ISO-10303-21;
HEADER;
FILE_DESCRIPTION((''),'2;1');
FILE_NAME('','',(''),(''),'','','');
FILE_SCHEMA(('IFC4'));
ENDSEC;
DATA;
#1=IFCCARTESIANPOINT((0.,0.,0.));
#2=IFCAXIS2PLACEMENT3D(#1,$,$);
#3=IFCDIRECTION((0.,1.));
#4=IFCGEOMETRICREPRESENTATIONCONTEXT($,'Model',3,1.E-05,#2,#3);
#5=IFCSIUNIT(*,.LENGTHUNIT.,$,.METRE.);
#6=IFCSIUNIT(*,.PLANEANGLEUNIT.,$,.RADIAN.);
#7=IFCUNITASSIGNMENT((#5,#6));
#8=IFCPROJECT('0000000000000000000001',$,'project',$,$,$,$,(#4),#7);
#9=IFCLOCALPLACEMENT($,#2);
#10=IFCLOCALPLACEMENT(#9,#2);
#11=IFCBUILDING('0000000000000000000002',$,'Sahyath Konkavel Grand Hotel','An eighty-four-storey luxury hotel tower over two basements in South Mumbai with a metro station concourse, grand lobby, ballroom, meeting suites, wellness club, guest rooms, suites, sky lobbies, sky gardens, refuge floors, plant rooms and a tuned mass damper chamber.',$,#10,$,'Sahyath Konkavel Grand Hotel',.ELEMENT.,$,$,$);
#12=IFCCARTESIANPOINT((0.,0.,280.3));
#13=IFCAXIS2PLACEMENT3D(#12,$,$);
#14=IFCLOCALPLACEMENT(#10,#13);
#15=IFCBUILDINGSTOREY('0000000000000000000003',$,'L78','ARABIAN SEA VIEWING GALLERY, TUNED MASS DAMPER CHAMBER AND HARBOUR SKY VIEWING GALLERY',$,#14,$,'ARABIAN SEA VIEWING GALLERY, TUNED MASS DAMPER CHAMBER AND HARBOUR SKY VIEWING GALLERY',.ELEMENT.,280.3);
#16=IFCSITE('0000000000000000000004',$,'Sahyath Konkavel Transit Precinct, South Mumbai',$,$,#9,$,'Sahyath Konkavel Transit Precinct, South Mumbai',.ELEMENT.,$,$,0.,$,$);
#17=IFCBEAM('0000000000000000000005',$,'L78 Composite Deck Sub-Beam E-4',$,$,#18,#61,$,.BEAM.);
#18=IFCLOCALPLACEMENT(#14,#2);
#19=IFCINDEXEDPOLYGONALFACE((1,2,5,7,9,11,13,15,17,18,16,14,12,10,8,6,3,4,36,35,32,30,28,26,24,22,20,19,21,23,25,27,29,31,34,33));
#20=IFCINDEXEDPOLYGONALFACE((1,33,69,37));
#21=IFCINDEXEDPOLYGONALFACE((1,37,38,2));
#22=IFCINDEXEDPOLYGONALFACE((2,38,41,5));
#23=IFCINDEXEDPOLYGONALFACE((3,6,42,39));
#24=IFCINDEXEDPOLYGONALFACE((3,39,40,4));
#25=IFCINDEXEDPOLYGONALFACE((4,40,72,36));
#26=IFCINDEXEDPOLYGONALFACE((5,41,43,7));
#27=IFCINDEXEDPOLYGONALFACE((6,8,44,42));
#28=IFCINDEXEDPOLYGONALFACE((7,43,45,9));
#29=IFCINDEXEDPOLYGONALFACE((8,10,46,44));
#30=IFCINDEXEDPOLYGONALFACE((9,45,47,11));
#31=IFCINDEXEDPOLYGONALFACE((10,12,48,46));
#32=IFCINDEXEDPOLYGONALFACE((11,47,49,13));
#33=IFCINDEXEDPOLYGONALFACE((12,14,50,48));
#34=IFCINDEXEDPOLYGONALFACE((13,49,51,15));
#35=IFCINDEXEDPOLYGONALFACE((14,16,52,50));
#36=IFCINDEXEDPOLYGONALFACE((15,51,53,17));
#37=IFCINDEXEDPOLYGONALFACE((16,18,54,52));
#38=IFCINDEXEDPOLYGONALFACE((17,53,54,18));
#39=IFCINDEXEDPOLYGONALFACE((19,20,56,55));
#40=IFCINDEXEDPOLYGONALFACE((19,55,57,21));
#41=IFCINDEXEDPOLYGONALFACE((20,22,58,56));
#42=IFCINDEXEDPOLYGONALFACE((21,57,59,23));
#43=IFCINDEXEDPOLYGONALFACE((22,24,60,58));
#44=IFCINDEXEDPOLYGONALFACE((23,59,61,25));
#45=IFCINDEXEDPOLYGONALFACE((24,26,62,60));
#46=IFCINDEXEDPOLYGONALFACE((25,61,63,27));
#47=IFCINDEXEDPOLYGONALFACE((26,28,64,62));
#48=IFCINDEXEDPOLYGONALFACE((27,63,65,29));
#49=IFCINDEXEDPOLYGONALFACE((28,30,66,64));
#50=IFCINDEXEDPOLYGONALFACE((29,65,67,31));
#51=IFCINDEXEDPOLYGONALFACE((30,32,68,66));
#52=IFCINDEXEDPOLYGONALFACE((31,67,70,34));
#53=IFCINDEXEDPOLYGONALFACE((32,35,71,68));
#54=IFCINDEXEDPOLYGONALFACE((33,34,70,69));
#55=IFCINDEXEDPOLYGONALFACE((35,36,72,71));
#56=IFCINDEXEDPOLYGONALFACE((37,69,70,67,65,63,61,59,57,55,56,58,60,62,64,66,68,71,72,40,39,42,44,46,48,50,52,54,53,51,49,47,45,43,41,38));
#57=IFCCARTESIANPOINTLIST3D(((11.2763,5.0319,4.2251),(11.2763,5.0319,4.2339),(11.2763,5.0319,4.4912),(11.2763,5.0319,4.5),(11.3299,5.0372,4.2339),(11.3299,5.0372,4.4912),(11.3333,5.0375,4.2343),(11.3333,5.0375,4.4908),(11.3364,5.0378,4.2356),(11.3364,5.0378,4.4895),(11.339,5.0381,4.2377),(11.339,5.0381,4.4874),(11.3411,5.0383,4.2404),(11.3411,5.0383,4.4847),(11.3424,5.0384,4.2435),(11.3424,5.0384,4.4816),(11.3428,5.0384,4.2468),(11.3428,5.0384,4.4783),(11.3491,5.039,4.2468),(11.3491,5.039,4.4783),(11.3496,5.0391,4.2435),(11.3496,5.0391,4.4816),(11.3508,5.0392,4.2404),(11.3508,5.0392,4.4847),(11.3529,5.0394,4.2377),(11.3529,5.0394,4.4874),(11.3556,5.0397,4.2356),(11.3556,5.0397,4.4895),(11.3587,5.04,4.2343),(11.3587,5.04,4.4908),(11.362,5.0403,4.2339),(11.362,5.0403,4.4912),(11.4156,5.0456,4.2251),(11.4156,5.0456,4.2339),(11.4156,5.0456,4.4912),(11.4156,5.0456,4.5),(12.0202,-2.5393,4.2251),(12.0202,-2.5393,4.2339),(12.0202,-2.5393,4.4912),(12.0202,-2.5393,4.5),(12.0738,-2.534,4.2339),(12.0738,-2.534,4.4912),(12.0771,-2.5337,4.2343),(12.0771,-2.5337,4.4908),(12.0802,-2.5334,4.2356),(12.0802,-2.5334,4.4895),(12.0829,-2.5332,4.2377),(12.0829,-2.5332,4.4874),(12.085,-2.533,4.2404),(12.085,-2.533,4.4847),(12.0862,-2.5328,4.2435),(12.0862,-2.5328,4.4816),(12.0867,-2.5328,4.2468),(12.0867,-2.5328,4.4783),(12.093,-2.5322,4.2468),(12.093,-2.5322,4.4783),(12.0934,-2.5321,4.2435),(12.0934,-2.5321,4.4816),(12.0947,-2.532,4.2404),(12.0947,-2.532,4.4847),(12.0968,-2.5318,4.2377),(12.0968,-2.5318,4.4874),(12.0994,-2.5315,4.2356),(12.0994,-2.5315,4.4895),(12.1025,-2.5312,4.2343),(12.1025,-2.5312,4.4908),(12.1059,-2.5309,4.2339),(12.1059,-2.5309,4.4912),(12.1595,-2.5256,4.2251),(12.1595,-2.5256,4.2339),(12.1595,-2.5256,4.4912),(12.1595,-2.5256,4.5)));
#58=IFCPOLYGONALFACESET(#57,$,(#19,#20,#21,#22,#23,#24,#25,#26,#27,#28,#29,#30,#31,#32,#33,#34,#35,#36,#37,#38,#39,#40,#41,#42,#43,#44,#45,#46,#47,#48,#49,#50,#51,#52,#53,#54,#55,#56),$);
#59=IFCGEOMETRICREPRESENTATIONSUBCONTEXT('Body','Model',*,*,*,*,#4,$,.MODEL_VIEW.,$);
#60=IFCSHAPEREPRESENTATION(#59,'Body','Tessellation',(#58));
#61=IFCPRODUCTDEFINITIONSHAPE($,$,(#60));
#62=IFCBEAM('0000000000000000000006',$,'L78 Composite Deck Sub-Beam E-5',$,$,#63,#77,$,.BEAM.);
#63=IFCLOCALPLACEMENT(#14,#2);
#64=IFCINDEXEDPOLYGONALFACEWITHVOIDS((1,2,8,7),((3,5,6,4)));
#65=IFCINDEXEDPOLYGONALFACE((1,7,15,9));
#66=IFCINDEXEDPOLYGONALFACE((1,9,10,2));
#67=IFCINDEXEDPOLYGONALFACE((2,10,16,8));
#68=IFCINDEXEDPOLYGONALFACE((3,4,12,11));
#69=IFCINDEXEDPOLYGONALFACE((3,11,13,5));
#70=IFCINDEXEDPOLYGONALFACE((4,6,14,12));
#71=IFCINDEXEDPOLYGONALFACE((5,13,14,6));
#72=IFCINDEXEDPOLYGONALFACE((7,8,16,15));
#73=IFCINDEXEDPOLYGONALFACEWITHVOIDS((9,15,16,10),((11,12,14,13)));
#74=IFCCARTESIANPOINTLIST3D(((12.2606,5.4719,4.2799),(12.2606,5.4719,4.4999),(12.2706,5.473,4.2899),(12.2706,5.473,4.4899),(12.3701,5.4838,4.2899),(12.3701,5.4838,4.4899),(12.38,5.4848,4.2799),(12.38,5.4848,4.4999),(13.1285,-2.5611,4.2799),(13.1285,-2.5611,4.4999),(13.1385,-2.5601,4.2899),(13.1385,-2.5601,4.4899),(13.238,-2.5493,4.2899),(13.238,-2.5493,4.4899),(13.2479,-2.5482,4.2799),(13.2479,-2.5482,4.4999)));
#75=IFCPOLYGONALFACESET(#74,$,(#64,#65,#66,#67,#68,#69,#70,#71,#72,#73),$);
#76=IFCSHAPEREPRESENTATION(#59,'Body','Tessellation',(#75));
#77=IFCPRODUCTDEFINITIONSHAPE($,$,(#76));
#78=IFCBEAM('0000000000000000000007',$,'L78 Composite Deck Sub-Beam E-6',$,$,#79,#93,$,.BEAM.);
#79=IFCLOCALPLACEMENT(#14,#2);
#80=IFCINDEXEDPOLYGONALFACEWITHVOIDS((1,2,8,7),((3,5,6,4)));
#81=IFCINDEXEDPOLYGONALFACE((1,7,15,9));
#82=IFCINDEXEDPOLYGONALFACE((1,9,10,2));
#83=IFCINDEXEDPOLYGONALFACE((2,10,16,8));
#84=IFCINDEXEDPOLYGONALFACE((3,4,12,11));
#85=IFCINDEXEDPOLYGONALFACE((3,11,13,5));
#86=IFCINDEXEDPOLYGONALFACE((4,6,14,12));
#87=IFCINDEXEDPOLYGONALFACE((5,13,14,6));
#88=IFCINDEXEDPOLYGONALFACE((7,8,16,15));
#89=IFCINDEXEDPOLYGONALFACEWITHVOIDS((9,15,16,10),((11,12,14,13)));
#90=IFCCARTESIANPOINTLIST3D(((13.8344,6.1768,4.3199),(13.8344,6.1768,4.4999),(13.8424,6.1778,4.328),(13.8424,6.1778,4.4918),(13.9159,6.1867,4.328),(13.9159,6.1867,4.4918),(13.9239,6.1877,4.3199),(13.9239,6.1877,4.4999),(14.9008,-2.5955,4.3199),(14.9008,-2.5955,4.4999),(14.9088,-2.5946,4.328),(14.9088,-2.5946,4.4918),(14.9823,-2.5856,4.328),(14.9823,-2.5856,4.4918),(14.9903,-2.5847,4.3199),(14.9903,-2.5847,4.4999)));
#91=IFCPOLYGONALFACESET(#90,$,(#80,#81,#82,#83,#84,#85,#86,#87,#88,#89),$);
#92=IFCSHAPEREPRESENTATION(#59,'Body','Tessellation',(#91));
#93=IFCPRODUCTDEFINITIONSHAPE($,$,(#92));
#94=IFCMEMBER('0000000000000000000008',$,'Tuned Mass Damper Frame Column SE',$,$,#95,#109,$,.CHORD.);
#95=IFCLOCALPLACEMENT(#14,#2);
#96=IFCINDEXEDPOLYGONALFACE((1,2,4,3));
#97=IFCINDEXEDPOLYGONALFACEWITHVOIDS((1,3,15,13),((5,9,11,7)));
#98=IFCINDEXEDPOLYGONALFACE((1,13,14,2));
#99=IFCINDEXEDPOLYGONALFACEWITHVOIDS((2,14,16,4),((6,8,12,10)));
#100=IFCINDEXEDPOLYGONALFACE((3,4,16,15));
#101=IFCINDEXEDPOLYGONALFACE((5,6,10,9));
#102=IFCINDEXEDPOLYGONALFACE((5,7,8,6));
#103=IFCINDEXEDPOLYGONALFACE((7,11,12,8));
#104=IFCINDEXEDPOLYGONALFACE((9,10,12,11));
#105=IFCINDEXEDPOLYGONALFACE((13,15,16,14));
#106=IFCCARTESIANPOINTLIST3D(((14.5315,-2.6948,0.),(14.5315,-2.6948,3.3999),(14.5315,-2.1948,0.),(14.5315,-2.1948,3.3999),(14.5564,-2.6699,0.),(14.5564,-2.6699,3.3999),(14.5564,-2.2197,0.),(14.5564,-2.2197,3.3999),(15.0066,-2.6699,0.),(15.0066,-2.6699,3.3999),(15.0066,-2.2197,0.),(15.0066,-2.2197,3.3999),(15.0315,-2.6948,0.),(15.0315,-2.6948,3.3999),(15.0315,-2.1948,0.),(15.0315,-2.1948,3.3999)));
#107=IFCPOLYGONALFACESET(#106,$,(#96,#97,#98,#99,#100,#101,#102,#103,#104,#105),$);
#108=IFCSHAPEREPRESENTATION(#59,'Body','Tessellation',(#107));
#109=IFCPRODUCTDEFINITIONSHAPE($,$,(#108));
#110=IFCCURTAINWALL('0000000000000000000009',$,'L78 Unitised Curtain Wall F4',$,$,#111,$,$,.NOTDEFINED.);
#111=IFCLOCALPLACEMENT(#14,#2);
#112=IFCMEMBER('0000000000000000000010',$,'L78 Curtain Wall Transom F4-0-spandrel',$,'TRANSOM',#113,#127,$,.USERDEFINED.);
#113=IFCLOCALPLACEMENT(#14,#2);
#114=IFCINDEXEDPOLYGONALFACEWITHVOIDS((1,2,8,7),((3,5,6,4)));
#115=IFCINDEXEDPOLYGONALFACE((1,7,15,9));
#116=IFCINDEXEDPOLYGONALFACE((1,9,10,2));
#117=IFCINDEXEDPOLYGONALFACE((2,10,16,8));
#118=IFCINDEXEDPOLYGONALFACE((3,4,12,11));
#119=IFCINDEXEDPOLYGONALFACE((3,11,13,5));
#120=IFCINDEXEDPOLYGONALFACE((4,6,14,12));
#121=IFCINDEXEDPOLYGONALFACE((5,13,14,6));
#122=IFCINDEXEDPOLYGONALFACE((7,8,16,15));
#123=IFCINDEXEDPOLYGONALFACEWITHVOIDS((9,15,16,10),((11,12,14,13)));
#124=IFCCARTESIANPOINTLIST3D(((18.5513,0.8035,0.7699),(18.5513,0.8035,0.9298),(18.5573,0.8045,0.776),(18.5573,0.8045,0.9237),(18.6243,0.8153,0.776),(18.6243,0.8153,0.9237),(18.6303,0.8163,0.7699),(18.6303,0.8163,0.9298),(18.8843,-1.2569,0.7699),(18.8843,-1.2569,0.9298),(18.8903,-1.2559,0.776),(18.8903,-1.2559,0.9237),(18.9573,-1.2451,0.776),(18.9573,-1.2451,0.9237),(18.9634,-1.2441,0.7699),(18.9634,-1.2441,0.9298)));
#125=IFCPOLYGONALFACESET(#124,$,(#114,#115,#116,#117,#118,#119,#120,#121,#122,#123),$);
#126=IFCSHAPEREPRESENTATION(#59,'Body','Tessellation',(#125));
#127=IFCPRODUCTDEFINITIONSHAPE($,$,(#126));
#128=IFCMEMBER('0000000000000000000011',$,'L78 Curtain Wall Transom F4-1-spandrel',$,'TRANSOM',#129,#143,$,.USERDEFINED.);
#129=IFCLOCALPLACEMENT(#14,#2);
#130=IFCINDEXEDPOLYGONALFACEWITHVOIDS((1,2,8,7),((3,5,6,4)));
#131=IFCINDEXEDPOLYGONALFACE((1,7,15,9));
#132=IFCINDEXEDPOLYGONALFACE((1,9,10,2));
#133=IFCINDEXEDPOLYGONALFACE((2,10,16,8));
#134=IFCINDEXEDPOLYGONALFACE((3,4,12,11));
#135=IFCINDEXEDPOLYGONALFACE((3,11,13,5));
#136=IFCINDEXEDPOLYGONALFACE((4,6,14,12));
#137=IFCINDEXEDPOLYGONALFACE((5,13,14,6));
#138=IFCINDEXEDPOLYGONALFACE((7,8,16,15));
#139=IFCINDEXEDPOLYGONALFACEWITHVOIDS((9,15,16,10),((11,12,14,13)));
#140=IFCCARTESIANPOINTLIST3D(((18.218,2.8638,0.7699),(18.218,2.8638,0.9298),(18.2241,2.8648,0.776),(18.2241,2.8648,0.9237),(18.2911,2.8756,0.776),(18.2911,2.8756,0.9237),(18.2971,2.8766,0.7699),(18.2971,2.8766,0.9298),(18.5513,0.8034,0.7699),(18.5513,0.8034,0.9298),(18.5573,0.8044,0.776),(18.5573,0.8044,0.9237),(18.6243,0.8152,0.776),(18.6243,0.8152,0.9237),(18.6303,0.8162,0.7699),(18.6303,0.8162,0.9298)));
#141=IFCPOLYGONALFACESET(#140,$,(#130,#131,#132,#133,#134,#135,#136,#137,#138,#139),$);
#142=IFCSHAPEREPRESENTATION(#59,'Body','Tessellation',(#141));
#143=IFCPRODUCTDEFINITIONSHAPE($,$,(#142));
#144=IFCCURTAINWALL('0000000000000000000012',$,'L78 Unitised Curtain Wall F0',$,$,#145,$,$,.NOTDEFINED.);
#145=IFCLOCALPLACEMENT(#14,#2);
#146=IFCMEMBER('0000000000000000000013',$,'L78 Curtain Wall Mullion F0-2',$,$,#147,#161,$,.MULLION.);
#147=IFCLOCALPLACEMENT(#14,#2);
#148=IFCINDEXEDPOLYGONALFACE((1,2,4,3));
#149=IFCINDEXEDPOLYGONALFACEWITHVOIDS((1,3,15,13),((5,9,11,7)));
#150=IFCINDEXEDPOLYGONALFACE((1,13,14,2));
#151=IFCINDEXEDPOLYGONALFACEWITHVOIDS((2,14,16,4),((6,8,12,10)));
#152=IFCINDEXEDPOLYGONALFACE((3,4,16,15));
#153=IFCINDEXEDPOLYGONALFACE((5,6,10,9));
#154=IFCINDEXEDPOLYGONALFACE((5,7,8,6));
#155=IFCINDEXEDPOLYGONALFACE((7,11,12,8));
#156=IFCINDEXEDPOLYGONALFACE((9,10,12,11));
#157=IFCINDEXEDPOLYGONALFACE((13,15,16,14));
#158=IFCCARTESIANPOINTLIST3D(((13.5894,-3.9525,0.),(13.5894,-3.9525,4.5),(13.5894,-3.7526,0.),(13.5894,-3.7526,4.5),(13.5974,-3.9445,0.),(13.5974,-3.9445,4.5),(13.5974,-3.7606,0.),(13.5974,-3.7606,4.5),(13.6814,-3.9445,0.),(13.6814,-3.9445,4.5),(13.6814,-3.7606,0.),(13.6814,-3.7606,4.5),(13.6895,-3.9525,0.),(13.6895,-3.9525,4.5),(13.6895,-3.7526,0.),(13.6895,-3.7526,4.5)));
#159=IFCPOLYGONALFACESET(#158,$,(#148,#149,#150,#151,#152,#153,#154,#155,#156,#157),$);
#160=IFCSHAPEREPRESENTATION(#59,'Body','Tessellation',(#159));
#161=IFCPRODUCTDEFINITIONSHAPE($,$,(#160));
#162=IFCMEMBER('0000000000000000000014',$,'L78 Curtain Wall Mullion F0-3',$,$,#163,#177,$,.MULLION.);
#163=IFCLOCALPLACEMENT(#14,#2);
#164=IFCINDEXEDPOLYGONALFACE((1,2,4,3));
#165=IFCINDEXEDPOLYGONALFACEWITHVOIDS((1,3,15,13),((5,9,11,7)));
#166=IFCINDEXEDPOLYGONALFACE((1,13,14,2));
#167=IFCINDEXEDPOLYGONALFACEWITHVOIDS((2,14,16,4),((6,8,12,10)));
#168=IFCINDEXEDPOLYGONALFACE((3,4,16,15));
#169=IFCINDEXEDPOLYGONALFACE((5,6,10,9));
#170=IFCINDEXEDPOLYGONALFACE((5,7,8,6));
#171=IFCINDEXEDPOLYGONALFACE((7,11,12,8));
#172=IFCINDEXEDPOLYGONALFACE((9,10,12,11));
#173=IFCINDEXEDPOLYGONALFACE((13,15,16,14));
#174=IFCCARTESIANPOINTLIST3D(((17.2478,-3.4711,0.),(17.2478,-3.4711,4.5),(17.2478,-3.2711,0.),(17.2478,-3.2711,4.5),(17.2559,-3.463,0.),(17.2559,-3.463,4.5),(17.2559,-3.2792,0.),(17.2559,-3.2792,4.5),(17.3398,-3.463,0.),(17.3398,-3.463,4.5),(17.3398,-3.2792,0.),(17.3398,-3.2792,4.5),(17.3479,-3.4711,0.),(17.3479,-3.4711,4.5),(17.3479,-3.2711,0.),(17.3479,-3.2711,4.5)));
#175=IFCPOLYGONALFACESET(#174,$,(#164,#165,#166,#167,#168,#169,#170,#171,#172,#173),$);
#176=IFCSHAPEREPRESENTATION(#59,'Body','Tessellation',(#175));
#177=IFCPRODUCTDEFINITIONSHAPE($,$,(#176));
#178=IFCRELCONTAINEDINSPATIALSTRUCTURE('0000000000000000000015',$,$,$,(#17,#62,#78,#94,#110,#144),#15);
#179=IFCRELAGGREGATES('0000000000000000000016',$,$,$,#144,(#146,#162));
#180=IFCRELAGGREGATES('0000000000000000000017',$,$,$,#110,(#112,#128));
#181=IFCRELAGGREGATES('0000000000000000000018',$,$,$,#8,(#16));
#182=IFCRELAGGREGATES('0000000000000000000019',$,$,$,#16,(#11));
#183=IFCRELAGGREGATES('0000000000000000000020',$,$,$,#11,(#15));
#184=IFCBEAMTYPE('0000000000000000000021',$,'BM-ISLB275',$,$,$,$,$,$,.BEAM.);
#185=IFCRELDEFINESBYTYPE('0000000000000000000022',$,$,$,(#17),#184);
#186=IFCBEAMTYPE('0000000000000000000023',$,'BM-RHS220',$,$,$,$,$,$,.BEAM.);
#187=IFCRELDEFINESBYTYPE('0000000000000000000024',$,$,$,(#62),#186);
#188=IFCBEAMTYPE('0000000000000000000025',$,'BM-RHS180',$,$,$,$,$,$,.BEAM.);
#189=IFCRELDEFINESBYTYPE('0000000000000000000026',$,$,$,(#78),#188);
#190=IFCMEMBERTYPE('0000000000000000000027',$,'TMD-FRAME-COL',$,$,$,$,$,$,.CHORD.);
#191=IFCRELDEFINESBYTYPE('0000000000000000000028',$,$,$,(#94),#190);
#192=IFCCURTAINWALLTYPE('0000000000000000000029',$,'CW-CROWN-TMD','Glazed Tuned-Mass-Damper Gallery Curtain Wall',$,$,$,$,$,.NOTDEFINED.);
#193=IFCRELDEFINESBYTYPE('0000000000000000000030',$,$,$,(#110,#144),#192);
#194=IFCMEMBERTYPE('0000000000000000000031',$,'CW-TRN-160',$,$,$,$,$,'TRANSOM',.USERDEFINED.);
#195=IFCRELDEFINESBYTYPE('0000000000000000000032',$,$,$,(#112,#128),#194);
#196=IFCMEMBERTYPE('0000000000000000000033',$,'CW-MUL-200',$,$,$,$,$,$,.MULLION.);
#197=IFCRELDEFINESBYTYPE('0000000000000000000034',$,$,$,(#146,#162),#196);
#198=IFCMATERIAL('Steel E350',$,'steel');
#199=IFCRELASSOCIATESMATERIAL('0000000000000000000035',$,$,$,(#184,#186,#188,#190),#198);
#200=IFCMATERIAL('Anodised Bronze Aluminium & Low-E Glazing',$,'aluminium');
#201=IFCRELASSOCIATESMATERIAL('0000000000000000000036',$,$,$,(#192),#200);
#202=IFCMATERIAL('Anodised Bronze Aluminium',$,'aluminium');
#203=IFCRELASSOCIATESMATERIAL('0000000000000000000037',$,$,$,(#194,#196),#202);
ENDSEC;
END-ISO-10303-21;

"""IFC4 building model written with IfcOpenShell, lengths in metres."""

from ifc_helpers import new_model, si_unit, direction, frame, origin, origin_2d, place, context, subcontext, project, spatial, hollow_rectangle, i_section, extrude, source, transform, mapped, material, material_profile, profile_set, type_object, element, aggregate, save


model = new_model("IFC4")

# Units and contexts
model_context = context("Model", 3, precision=1e-05, world=origin(), true_north=direction((0.0, 1.0)))
body_context = subcontext(model_context, "Body", "Model", "MODEL_VIEW")
ifc_project = project(units=[si_unit("LENGTHUNIT", "METRE"), si_unit("PLANEANGLEUNIT", "RADIAN")], contexts=[model_context])

# Site, building, storey
site_placement = place(None, origin())
site = spatial("IfcSite", under=ifc_project, at=site_placement, Name="Sahyath Konkavel Transit Precinct, South Mumbai", LongName="Sahyath Konkavel Transit Precinct, South Mumbai", CompositionType="ELEMENT", RefElevation=0.0)
building_placement = place(site_placement, origin())
building = spatial("IfcBuilding", under=site, at=building_placement, Name="Sahyath Konkavel Grand Hotel", Description="An eighty-four-storey luxury hotel tower over two basements in South Mumbai with a metro station concourse, grand lobby, ballroom, meeting suites, wellness club, guest rooms, suites, sky lobbies, sky gardens, refuge floors, plant rooms and a tuned mass damper chamber.", LongName="Sahyath Konkavel Grand Hotel", CompositionType="ELEMENT")
storey_placement = place(building_placement, frame((0.0, 0.0, 280.3)))
storey = spatial("IfcBuildingStorey", under=building, at=storey_placement, Name="L78", Description="ARABIAN SEA VIEWING GALLERY, TUNED MASS DAMPER CHAMBER AND HARBOUR SKY VIEWING GALLERY", LongName="ARABIAN SEA VIEWING GALLERY, TUNED MASS DAMPER CHAMBER AND HARBOUR SKY VIEWING GALLERY", CompositionType="ELEMENT", Elevation=280.3)

# Beams
ifc_material_1 = material(Name="Steel E350", Category="steel")
ifc_material_profile_1 = material_profile(ifc_material_1, i_section(OverallWidth=0.1399, OverallDepth=0.2749, WebThickness=0.0063, FlangeThickness=0.0088, FilletRadius=0.0129, at=origin_2d()), Name="ISLB 275")
ifc_profile_set_1 = profile_set([ifc_material_profile_1], Name="Steel E350")
beam_type_1 = type_object("IfcBeamType", Name="BM-ISLB275", PredefinedType="BEAM", material=ifc_profile_set_1)
shared_shape_1 = source(origin(), body_context, "Body", "SweptSolid", [
    extrude(i_section(OverallWidth=0.1399, OverallDepth=0.2749, WebThickness=0.0063, FlangeThickness=0.0088, FilletRadius=0.0129, at=origin_2d()), origin(), (0.0, 0.0, 1.0), 7.6077),
])
beam_1_placement = place(storey_placement, frame((12.0898, -2.5325, 4.3625), z_axis=(-0.097781, 0.995208, 0.0), x_axis=(-0.995208, -0.097781, 0.0)))
element("IfcBeam", 1, at=beam_1_placement, inside=storey, type_object=beam_type_1, Name="L78 Composite Deck Sub-Beam E-4", PredefinedType="BEAM", context=body_context, shape_type="MappedRepresentation", body=[
    mapped(shared_shape_1, transform((0.0, 0.0, 0.0), scale=1.0)),
])
ifc_material_profile_2 = material_profile(ifc_material_1, hollow_rectangle(XDim=0.1201, YDim=0.22, WallThickness=0.01, at=origin_2d()), Name="RHS 220x120x10")
ifc_profile_set_2 = profile_set([ifc_material_profile_2], Name="Steel E350")
beam_type_2 = type_object("IfcBeamType", Name="BM-RHS220", PredefinedType="BEAM", material=ifc_profile_set_2)
shared_shape_2 = source(origin(), body_context, "Body", "SweptSolid", [
    extrude(hollow_rectangle(XDim=0.1201, YDim=0.22, WallThickness=0.01, at=origin_2d()), origin(), (0.0, 0.0, 1.0), 8.0798),
])
beam_2_placement = place(storey_placement, frame((13.1882, -2.5547, 4.3899), z_axis=(-0.107416, 0.994214, 0.0), x_axis=(-0.994214, -0.107416, 0.0)))
element("IfcBeam", 2, at=beam_2_placement, inside=storey, type_object=beam_type_2, Name="L78 Composite Deck Sub-Beam E-5", PredefinedType="BEAM", context=body_context, shape_type="MappedRepresentation", body=[
    mapped(shared_shape_2, transform((0.0, 0.0, 0.0), scale=1.0)),
])
ifc_material_profile_3 = material_profile(ifc_material_1, hollow_rectangle(XDim=0.0901, YDim=0.1799, WallThickness=0.0081, at=origin_2d()), Name="RHS 180x90x8")
ifc_profile_set_3 = profile_set([ifc_material_profile_3], Name="Steel E350")
beam_type_3 = type_object("IfcBeamType", Name="BM-RHS180", PredefinedType="BEAM", material=ifc_profile_set_3)
shared_shape_3 = source(origin(), body_context, "Body", "SweptSolid", [
    extrude(hollow_rectangle(XDim=0.0901, YDim=0.1799, WallThickness=0.0081, at=origin_2d()), origin(), (0.0, 0.0, 1.0), 8.8369),
])
beam_3_placement = place(storey_placement, frame((14.9456, -2.5901, 4.4099), z_axis=(-0.120678, 0.992692, 0.0), x_axis=(-0.992692, -0.120678, 0.0)))
element("IfcBeam", 3, at=beam_3_placement, inside=storey, type_object=beam_type_3, Name="L78 Composite Deck Sub-Beam E-6", PredefinedType="BEAM", context=body_context, shape_type="MappedRepresentation", body=[
    mapped(shared_shape_3, transform((0.0, 0.0, 0.0), scale=1.0)),
])

# Member
ifc_material_profile_4 = material_profile(ifc_material_1, hollow_rectangle(XDim=0.5, YDim=0.5, WallThickness=0.0249, at=origin_2d()), Name="BOX 500x500x25")
ifc_profile_set_4 = profile_set([ifc_material_profile_4], Name="Steel E350")
member_type_1 = type_object("IfcMemberType", Name="TMD-FRAME-COL", PredefinedType="CHORD", material=ifc_profile_set_4)
shared_shape_4 = source(origin(), body_context, "Body", "SweptSolid", [
    extrude(hollow_rectangle(XDim=0.5, YDim=0.5, WallThickness=0.0249, at=origin_2d()), origin(), (0.0, 0.0, 1.0), 3.3999),
])
member_1_placement = place(storey_placement, frame((14.7815, -2.4448, 0.0), z_axis=(0.0, 0.0, 1.0), x_axis=(1.0, 0.0, 0.0)))
element("IfcMember", 4, at=member_1_placement, inside=storey, type_object=member_type_1, Name="Tuned Mass Damper Frame Column SE", PredefinedType="CHORD", context=body_context, shape_type="MappedRepresentation", body=[
    mapped(shared_shape_4, transform((0.0, 0.0, 0.0), scale=1.0)),
])

# Curtain walls, members
ifc_material_2 = material(Name="Anodised Bronze Aluminium & Low-E Glazing", Category="aluminium")
curtain_wall_type = type_object("IfcCurtainWallType", Name="CW-CROWN-TMD", Description="Glazed Tuned-Mass-Damper Gallery Curtain Wall", PredefinedType="NOTDEFINED", material=ifc_material_2)
curtain_wall_1_placement = place(storey_placement, origin())
curtain_wall_1 = element("IfcCurtainWall", 5, at=curtain_wall_1_placement, inside=storey, type_object=curtain_wall_type, Name="L78 Unitised Curtain Wall F4", PredefinedType="NOTDEFINED")
ifc_material_3 = material(Name="Anodised Bronze Aluminium", Category="aluminium")
ifc_material_profile_5 = material_profile(ifc_material_3, hollow_rectangle(XDim=0.0801, YDim=0.1599, WallThickness=0.0061, at=origin_2d()), Name="RHS 160x80x6")
ifc_profile_set_5 = profile_set([ifc_material_profile_5], Name="Anodised Bronze Aluminium")
member_type_2 = type_object("IfcMemberType", Name="CW-TRN-160", ElementType="TRANSOM", PredefinedType="USERDEFINED", material=ifc_profile_set_5)
shared_shape_5 = source(origin(), body_context, "Body", "SweptSolid", [
    extrude(hollow_rectangle(XDim=0.0801, YDim=0.1599, WallThickness=0.0061, at=origin_2d()), origin(), (0.0, 0.0, 1.0), 2.0872),
])
member_2_placement = place(storey_placement, frame((18.9238, -1.2505, 0.8499), z_axis=(-0.15956, 0.987188, 0.0), x_axis=(-0.987188, -0.15956, 0.0)))
member_2 = element("IfcMember", 6, at=member_2_placement, type_object=member_type_2, Name="L78 Curtain Wall Transom F4-0-spandrel", ObjectType="TRANSOM", PredefinedType="USERDEFINED", context=body_context, shape_type="MappedRepresentation", body=[
    mapped(shared_shape_5, transform((0.0, 0.0, 0.0), scale=1.0)),
])
member_3_placement = place(storey_placement, frame((18.5908, 0.8098, 0.8499), z_axis=(-0.159674, 0.98717, 0.0), x_axis=(-0.98717, -0.159674, 0.0)))
member_3 = element("IfcMember", 7, at=member_3_placement, type_object=member_type_2, Name="L78 Curtain Wall Transom F4-1-spandrel", ObjectType="TRANSOM", PredefinedType="USERDEFINED", context=body_context, shape_type="MappedRepresentation", body=[
    mapped(shared_shape_5, transform((0.0, 0.0, 0.0), scale=1.0)),
])
curtain_wall_2_placement = place(storey_placement, origin())
curtain_wall_2 = element("IfcCurtainWall", 8, at=curtain_wall_2_placement, inside=storey, type_object=curtain_wall_type, Name="L78 Unitised Curtain Wall F0", PredefinedType="NOTDEFINED")
ifc_material_profile_6 = material_profile(ifc_material_3, hollow_rectangle(XDim=0.1001, YDim=0.2, WallThickness=0.0081, at=origin_2d()), Name="RHS 200x100x8")
ifc_profile_set_6 = profile_set([ifc_material_profile_6], Name="Anodised Bronze Aluminium")
member_type_3 = type_object("IfcMemberType", Name="CW-MUL-200", PredefinedType="MULLION", material=ifc_profile_set_6)
shared_shape_6 = source(origin(), body_context, "Body", "SweptSolid", [
    extrude(hollow_rectangle(XDim=0.1001, YDim=0.2, WallThickness=0.0081, at=origin_2d()), origin(), (0.0, 0.0, 1.0), 4.5),
])
member_4_placement = place(storey_placement, frame((13.6394, -3.8525, 0.0), z_axis=(0.0, 0.0, 1.0), x_axis=(1.0, 0.0, 0.0)))
member_4 = element("IfcMember", 9, at=member_4_placement, type_object=member_type_3, Name="L78 Curtain Wall Mullion F0-2", PredefinedType="MULLION", context=body_context, shape_type="MappedRepresentation", body=[
    mapped(shared_shape_6, transform((0.0, 0.0, 0.0), scale=1.0)),
])
member_5_placement = place(storey_placement, frame((17.2979, -3.3711, 0.0), z_axis=(0.0, 0.0, 1.0), x_axis=(1.0, 0.0, 0.0)))
member_5 = element("IfcMember", 10, at=member_5_placement, type_object=member_type_3, Name="L78 Curtain Wall Mullion F0-3", PredefinedType="MULLION", context=body_context, shape_type="MappedRepresentation", body=[
    mapped(shared_shape_6, transform((0.0, 0.0, 0.0), scale=1.0)),
])

aggregate(curtain_wall_2, [member_4, member_5])
aggregate(curtain_wall_1, [member_2, member_3])

save(model, "model.ifc")
